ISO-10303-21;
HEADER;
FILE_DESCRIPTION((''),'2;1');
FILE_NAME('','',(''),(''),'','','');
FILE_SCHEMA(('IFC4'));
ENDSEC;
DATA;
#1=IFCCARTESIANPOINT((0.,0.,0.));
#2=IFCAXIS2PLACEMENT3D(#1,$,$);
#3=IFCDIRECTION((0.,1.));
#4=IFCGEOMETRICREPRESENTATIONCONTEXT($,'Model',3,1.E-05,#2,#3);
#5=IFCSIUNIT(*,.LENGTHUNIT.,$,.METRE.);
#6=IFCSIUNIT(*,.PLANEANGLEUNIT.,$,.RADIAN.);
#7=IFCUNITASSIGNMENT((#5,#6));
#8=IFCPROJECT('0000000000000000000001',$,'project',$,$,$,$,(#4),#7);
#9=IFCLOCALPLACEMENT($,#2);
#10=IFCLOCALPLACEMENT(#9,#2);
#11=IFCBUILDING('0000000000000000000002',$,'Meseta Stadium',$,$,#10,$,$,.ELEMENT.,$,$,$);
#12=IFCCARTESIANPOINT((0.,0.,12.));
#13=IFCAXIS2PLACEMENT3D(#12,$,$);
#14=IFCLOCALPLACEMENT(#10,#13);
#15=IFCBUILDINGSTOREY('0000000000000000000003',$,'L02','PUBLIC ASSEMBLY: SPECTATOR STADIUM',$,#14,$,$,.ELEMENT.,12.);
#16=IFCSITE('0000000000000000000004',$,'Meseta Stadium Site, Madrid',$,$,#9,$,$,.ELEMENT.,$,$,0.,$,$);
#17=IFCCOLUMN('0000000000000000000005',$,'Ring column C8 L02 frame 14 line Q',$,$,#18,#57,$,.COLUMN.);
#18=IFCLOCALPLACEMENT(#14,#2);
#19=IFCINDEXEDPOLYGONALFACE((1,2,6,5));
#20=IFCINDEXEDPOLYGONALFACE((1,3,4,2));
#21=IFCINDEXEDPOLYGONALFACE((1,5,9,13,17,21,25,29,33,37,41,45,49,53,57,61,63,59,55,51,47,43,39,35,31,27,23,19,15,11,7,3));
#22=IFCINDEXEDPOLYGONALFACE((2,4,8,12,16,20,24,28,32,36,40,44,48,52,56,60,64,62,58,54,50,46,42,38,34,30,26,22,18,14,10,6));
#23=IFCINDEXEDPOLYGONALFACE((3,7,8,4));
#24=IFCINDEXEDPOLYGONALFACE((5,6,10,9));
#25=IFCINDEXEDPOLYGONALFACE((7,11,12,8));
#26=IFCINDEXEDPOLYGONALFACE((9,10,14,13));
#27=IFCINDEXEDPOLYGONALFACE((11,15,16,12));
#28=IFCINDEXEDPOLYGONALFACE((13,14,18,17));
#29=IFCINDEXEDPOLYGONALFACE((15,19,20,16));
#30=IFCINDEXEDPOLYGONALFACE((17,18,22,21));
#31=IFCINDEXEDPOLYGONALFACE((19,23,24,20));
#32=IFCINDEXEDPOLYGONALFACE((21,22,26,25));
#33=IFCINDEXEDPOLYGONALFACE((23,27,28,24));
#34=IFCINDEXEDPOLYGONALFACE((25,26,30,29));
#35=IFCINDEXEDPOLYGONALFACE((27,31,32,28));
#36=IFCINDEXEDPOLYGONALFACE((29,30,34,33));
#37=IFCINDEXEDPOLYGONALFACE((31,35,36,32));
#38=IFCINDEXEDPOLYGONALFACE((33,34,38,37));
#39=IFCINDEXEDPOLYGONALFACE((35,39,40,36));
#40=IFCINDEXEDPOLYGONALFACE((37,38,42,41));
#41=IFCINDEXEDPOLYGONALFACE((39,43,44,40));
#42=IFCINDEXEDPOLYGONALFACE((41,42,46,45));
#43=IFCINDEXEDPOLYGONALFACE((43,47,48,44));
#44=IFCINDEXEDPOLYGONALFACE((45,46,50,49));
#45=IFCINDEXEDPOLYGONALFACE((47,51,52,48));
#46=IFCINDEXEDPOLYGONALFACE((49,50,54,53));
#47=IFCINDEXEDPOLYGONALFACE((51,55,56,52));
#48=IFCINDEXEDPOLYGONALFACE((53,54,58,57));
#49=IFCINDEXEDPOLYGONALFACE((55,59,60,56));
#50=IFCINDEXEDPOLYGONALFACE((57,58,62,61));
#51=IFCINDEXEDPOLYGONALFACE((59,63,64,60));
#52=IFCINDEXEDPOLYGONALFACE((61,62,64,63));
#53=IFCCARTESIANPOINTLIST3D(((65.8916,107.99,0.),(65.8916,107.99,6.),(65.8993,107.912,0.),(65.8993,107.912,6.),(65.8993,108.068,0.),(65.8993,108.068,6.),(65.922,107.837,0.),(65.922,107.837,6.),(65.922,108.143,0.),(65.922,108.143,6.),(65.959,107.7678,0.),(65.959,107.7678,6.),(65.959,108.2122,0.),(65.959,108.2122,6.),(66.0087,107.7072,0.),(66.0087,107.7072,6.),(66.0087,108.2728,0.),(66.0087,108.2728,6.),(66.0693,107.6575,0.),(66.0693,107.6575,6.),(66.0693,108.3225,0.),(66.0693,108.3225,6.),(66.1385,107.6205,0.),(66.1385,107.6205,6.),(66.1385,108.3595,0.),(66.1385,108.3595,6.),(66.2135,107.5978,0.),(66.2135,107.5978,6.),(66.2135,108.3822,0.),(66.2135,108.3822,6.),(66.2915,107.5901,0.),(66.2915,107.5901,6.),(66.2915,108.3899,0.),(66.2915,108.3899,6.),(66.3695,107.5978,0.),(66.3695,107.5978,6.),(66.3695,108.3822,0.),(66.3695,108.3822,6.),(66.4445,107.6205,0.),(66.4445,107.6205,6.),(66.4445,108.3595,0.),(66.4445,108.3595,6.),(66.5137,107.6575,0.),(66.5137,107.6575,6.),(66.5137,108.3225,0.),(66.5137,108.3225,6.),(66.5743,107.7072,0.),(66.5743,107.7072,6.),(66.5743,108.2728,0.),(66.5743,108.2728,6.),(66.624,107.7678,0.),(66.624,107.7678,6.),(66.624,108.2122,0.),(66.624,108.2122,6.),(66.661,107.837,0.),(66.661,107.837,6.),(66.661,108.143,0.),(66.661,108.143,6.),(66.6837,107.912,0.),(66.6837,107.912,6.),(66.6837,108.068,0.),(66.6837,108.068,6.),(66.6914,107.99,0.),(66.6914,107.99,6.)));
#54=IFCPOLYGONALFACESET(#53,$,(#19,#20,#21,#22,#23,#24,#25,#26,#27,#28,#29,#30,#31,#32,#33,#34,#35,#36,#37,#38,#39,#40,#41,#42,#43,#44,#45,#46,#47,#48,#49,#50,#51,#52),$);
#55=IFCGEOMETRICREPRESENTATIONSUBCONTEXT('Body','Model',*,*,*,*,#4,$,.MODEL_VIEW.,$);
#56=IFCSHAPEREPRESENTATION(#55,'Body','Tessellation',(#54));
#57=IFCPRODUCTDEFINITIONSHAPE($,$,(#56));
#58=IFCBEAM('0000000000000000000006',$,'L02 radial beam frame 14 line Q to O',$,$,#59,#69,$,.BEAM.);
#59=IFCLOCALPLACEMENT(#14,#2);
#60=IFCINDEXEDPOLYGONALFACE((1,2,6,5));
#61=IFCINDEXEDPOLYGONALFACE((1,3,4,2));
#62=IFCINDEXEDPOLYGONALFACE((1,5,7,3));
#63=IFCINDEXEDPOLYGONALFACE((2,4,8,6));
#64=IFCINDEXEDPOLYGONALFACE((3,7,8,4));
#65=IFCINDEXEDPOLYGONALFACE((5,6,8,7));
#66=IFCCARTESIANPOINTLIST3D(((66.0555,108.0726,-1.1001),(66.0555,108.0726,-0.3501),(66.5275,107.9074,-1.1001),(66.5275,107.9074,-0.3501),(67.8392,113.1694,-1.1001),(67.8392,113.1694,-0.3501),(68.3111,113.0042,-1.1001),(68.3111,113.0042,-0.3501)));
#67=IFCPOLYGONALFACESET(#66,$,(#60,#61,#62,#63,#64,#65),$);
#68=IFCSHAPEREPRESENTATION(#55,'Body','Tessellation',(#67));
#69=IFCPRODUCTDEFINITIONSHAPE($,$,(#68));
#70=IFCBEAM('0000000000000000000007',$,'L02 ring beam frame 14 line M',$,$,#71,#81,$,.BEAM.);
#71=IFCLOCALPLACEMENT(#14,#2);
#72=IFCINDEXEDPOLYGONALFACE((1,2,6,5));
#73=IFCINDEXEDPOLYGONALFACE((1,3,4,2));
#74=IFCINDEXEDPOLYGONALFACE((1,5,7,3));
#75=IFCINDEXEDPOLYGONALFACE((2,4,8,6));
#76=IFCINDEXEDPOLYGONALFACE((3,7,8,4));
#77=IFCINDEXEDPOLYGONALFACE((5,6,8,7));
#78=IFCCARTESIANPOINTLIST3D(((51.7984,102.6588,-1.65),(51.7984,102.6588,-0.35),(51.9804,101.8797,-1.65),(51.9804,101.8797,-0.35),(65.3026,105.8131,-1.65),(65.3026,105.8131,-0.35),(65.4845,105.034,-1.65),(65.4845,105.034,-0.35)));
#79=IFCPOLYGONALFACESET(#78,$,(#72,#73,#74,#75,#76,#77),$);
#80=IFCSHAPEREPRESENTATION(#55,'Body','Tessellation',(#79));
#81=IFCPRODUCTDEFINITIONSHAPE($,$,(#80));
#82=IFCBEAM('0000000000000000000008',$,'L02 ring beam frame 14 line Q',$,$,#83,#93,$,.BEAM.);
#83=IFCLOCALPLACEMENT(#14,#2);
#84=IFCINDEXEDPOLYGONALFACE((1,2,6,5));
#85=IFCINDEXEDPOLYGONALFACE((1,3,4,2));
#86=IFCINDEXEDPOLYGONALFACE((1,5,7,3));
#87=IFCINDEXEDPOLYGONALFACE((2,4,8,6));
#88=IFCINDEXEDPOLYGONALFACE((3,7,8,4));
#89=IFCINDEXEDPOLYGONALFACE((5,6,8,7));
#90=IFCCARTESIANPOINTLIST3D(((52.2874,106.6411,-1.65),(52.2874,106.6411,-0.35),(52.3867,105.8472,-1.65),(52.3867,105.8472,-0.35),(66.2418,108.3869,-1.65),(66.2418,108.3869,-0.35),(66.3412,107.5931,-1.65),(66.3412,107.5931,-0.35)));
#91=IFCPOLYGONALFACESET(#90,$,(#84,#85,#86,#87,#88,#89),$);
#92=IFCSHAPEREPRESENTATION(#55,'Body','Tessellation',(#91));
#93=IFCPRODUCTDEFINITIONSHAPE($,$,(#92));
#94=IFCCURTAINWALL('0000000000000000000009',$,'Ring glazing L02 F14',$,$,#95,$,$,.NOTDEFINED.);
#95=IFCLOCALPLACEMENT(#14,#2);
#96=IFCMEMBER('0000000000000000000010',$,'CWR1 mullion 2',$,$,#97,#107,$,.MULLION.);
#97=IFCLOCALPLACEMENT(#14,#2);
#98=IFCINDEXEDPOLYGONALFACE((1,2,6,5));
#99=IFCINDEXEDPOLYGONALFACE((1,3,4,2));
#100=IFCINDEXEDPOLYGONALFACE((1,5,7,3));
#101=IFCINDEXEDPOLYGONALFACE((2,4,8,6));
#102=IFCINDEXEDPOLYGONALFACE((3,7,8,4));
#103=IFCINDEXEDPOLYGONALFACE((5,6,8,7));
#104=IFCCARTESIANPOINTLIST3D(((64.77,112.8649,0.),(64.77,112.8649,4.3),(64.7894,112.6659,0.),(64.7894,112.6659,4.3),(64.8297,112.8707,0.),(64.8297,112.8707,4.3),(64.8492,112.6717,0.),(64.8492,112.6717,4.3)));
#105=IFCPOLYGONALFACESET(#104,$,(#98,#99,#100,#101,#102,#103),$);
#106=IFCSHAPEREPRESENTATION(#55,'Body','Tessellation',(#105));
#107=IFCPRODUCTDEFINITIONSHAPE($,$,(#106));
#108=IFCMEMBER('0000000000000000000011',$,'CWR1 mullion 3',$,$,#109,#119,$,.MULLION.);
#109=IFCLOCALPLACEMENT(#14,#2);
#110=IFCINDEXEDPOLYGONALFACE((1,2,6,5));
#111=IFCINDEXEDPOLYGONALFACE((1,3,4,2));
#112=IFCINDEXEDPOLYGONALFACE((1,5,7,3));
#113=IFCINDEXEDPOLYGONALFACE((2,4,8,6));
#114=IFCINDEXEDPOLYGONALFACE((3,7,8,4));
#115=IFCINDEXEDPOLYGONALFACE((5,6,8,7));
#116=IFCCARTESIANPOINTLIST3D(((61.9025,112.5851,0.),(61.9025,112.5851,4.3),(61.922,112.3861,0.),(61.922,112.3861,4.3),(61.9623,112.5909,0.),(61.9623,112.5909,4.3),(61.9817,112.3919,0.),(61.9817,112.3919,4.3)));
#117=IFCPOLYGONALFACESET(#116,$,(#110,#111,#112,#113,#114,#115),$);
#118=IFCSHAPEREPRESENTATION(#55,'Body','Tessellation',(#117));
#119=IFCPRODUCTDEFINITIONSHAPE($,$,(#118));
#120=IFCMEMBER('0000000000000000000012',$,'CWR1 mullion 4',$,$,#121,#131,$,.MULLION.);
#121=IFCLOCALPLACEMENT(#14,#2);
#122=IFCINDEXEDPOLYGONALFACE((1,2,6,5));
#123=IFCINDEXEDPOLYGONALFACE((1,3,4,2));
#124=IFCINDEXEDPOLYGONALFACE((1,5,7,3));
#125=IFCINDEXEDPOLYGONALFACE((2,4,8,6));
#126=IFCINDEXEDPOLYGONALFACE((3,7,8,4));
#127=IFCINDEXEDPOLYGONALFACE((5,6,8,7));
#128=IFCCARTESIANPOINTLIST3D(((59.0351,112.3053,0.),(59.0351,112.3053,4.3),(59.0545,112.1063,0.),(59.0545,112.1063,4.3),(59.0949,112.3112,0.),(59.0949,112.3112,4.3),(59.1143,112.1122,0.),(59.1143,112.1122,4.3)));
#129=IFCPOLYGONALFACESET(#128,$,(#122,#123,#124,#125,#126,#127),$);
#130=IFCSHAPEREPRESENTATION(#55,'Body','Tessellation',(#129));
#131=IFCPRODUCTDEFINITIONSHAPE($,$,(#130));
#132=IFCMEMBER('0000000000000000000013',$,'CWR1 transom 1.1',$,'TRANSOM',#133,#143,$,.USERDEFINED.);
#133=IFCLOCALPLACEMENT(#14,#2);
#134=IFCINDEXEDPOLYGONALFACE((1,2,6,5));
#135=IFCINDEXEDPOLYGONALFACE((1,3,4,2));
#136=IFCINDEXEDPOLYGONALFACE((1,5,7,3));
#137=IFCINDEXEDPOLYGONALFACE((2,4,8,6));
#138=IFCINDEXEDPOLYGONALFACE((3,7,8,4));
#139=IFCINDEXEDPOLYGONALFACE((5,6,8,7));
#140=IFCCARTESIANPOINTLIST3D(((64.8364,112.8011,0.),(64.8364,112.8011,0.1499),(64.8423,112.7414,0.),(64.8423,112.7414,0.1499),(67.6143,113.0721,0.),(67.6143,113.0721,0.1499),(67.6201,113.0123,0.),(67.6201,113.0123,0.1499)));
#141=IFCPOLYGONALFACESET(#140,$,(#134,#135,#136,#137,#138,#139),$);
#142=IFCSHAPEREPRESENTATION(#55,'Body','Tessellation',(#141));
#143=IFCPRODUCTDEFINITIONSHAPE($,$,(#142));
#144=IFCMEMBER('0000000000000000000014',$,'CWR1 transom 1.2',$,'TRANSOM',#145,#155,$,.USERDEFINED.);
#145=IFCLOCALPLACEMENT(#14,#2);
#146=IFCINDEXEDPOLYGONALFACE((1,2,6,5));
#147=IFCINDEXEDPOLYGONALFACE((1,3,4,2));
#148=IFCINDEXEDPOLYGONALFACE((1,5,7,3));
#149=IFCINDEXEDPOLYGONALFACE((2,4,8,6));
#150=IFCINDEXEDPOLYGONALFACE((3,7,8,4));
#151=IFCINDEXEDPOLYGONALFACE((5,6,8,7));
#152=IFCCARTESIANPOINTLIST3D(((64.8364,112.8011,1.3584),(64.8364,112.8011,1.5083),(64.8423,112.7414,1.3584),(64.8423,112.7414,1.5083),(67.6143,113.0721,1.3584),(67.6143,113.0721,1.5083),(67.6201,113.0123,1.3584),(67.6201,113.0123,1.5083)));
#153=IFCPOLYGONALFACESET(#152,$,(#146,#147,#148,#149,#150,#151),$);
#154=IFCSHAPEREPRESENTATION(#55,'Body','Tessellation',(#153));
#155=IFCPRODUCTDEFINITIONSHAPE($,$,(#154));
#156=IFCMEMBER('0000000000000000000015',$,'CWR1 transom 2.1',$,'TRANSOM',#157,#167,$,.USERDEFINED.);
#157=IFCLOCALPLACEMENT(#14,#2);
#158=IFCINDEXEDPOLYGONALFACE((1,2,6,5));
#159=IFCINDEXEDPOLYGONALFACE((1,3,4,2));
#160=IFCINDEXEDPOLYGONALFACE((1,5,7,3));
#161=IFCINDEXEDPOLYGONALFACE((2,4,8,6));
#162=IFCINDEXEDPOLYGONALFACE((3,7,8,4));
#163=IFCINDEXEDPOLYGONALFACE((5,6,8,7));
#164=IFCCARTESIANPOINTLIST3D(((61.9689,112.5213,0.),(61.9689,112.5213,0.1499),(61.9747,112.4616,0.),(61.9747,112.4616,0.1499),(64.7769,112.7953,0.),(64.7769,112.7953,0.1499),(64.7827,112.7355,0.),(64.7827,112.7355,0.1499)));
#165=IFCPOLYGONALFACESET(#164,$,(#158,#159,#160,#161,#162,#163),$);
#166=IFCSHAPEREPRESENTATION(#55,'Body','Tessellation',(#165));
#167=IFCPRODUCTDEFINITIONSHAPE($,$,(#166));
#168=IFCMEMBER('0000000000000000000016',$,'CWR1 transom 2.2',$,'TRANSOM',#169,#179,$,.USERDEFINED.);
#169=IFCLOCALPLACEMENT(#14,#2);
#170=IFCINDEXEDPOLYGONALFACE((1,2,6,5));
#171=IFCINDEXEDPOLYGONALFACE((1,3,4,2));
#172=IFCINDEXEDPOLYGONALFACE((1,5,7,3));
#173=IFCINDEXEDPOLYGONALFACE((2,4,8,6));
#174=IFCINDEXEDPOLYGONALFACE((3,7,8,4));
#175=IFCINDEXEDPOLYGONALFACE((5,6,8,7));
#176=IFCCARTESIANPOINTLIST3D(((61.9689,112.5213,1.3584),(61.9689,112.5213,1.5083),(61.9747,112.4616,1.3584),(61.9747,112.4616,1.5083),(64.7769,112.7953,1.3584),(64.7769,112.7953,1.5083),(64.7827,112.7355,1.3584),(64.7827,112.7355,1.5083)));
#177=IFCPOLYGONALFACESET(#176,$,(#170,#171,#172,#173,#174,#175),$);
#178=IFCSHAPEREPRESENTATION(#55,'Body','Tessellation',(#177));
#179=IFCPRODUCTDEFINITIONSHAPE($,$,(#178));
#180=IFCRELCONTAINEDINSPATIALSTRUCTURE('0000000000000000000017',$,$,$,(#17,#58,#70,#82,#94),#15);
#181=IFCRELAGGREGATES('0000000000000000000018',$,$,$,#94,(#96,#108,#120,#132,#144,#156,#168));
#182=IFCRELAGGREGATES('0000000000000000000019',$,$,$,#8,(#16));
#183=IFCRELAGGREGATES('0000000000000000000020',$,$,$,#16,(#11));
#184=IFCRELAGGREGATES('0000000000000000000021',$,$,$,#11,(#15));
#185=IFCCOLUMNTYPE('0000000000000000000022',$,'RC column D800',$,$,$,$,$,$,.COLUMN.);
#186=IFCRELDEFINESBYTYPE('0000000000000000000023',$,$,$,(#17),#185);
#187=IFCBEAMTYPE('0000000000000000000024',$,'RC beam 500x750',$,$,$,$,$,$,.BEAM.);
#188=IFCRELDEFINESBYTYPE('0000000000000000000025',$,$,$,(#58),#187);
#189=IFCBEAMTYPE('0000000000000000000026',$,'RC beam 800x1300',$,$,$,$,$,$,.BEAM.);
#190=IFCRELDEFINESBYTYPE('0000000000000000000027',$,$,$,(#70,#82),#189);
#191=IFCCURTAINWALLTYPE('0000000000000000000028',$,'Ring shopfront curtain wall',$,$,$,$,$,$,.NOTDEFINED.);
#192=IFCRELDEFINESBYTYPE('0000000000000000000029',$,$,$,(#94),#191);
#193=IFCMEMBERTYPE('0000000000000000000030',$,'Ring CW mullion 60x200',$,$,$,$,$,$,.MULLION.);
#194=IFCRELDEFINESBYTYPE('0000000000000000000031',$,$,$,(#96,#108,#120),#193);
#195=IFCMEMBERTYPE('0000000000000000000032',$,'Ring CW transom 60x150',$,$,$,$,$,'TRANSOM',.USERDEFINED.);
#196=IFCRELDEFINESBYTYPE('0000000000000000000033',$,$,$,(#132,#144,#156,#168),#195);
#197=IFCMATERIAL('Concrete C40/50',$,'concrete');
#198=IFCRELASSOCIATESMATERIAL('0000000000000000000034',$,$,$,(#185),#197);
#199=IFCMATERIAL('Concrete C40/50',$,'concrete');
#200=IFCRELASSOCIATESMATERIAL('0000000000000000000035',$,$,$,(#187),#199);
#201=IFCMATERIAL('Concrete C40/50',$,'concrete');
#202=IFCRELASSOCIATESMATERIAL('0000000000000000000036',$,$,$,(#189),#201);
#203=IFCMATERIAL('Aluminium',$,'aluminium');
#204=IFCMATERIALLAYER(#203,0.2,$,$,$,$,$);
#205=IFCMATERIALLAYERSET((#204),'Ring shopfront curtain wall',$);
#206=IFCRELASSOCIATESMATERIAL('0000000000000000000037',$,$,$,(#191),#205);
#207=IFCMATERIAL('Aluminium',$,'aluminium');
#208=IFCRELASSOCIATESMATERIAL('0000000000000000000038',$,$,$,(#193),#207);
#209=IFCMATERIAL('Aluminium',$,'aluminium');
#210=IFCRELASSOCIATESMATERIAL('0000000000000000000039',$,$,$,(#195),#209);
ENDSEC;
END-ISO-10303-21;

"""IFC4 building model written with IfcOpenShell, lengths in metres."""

from ifc_helpers import new_model, si_unit, direction, frame, origin, origin_2d, place, context, subcontext, project, spatial, rectangle, circle, extrude, material, layer, layer_set, material_profile, profile_set, type_object, element, aggregate, save


model = new_model("IFC4")

# Units and contexts
model_context = context("Model", 3, precision=1e-05, world=origin(), true_north=direction((0.0, 1.0)))
body_context = subcontext(model_context, "Body", "Model", "MODEL_VIEW")
ifc_project = project(units=[si_unit("LENGTHUNIT", "METRE"), si_unit("PLANEANGLEUNIT", "RADIAN")], contexts=[model_context])

# Site, building, storey
site_placement = place(None, origin())
site = spatial("IfcSite", under=ifc_project, at=site_placement, Name="Meseta Stadium Site, Madrid", CompositionType="ELEMENT", RefElevation=0.0)
building_placement = place(site_placement, origin())
building = spatial("IfcBuilding", under=site, at=building_placement, Name="Meseta Stadium", CompositionType="ELEMENT")
storey_placement = place(building_placement, frame((0.0, 0.0, 12.0)))
storey = spatial("IfcBuildingStorey", under=building, at=storey_placement, Name="L02", Description="PUBLIC ASSEMBLY: SPECTATOR STADIUM", CompositionType="ELEMENT", Elevation=12.0)

# Column
ifc_material_1 = material(Name="Concrete C40/50", Category="concrete")
ifc_material_profile_1 = material_profile(ifc_material_1, circle(Radius=0.3999, at=origin_2d()), Name="RC D800")
ifc_profile_set_1 = profile_set([ifc_material_profile_1], Name="Concrete C40/50")
column_type = type_object("IfcColumnType", Name="RC column D800", PredefinedType="COLUMN", material=ifc_profile_set_1)
column_placement = place(storey_placement, frame((66.2915, 107.99, 0.0), z_axis=(0.0, 0.0, 1.0), x_axis=(1.0, 0.0, 0.0)))
element("IfcColumn", 1, at=column_placement, inside=storey, type_object=column_type, Name="Ring column C8 L02 frame 14 line Q", PredefinedType="COLUMN", context=body_context, shape_type="SweptSolid", body=[
    extrude(circle(Radius=0.3999, at=origin_2d()), origin(), (0.0, 0.0, 1.0), 6.0),
])

# Beams
ifc_material_2 = material(Name="Concrete C40/50", Category="concrete")
ifc_material_profile_2 = material_profile(ifc_material_2, rectangle(XDim=0.5, YDim=0.75, at=origin_2d()), Name="RC 500x750")
ifc_profile_set_2 = profile_set([ifc_material_profile_2], Name="Concrete C40/50")
beam_type_1 = type_object("IfcBeamType", Name="RC beam 500x750", PredefinedType="BEAM", material=ifc_profile_set_2)
beam_1_placement = place(storey_placement, frame((66.2915, 107.99, -0.7251), z_axis=(0.330312, 0.943872, 0.0), x_axis=(-0.943872, 0.330312, 0.0)))
element("IfcBeam", 2, at=beam_1_placement, inside=storey, type_object=beam_type_1, Name="L02 radial beam frame 14 line Q to O", PredefinedType="BEAM", context=body_context, shape_type="SweptSolid", body=[
    extrude(rectangle(XDim=0.5, YDim=0.75, at=origin_2d()), origin(), (0.0, 0.0, 1.0), 5.3999),
])
ifc_material_3 = material(Name="Concrete C40/50", Category="concrete")
ifc_material_profile_3 = material_profile(ifc_material_3, rectangle(XDim=0.8, YDim=1.3, at=origin_2d()), Name="RC 800x1300")
ifc_profile_set_3 = profile_set([ifc_material_profile_3], Name="Concrete C40/50")
beam_type_2 = type_object("IfcBeamType", Name="RC beam 800x1300", PredefinedType="BEAM", material=ifc_profile_set_3)
beam_2_placement = place(storey_placement, frame((65.3936, 105.4236, -1.0), z_axis=(-0.973788, -0.227457, 0.0), x_axis=(0.227457, -0.973788, 0.0)))
element("IfcBeam", 3, at=beam_2_placement, inside=storey, type_object=beam_type_2, Name="L02 ring beam frame 14 line M", PredefinedType="BEAM", context=body_context, shape_type="SweptSolid", body=[
    extrude(rectangle(XDim=0.8, YDim=1.3, at=origin_2d()), origin(), (0.0, 0.0, 1.0), 13.8677),
])
beam_3_placement = place(storey_placement, frame((66.2915, 107.99, -1.0), z_axis=(-0.992264, -0.124144, 0.0), x_axis=(0.124144, -0.992264, 0.0)))
element("IfcBeam", 4, at=beam_3_placement, inside=storey, type_object=beam_type_2, Name="L02 ring beam frame 14 line Q", PredefinedType="BEAM", context=body_context, shape_type="SweptSolid", body=[
    extrude(rectangle(XDim=0.8, YDim=1.3, at=origin_2d()), origin(), (0.0, 0.0, 1.0), 14.0632),
])

# Curtain wall, members
ifc_material_4 = material(Name="Aluminium", Category="aluminium")
ifc_layer_1 = layer(ifc_material_4, 0.2)
ifc_layer_set_1 = layer_set([ifc_layer_1], Name="Ring shopfront curtain wall")
curtain_wall_type = type_object("IfcCurtainWallType", Name="Ring shopfront curtain wall", PredefinedType="NOTDEFINED", material=ifc_layer_set_1)
curtain_wall_placement = place(storey_placement, origin())
curtain_wall = element("IfcCurtainWall", 5, at=curtain_wall_placement, inside=storey, type_object=curtain_wall_type, Name="Ring glazing L02 F14", PredefinedType="NOTDEFINED")
ifc_material_5 = material(Name="Aluminium", Category="aluminium")
ifc_material_profile_4 = material_profile(ifc_material_5, rectangle(XDim=0.2, YDim=0.0601, at=origin_2d()), Name="CW 200x60")
ifc_profile_set_4 = profile_set([ifc_material_profile_4], Name="Aluminium")
member_type_1 = type_object("IfcMemberType", Name="Ring CW mullion 60x200", PredefinedType="MULLION", material=ifc_profile_set_4)
member_1_placement = place(storey_placement, frame((64.8096, 112.7683, 0.0), z_axis=(0.0, 0.0, 1.0), x_axis=(0.097125, -0.995272, 0.0)))
member_1 = element("IfcMember", 6, at=member_1_placement, type_object=member_type_1, Name="CWR1 mullion 2", PredefinedType="MULLION", context=body_context, shape_type="SweptSolid", body=[
    extrude(rectangle(XDim=0.2, YDim=0.0601, at=origin_2d()), origin(), (0.0, 0.0, 1.0), 4.3),
])
member_2_placement = place(storey_placement, frame((61.9421, 112.4885, 0.0), z_axis=(0.0, 0.0, 1.0), x_axis=(0.097125, -0.995272, 0.0)))
member_2 = element("IfcMember", 7, at=member_2_placement, type_object=member_type_1, Name="CWR1 mullion 3", PredefinedType="MULLION", context=body_context, shape_type="SweptSolid", body=[
    extrude(rectangle(XDim=0.2, YDim=0.0601, at=origin_2d()), origin(), (0.0, 0.0, 1.0), 4.3),
])
member_3_placement = place(storey_placement, frame((59.0747, 112.2087, 0.0), z_axis=(0.0, 0.0, 1.0), x_axis=(0.097125, -0.995272, 0.0)))
member_3 = element("IfcMember", 8, at=member_3_placement, type_object=member_type_1, Name="CWR1 mullion 4", PredefinedType="MULLION", context=body_context, shape_type="SweptSolid", body=[
    extrude(rectangle(XDim=0.2, YDim=0.0601, at=origin_2d()), origin(), (0.0, 0.0, 1.0), 4.3),
])
ifc_material_6 = material(Name="Aluminium", Category="aluminium")
ifc_material_profile_5 = material_profile(ifc_material_6, rectangle(XDim=0.0601, YDim=0.1499, at=origin_2d()), Name="CW 60x150")
ifc_profile_set_5 = profile_set([ifc_material_profile_5], Name="Aluminium")
member_type_2 = type_object("IfcMemberType", Name="Ring CW transom 60x150", ElementType="TRANSOM", PredefinedType="USERDEFINED", material=ifc_profile_set_5)
member_4_placement = place(storey_placement, frame((67.6172, 113.0422, 0.075), z_axis=(-0.995275, -0.097096, 0.0), x_axis=(0.097096, -0.995275, 0.0)))
member_4 = element("IfcMember", 9, at=member_4_placement, type_object=member_type_2, Name="CWR1 transom 1.1", ObjectType="TRANSOM", PredefinedType="USERDEFINED", context=body_context, shape_type="SweptSolid", body=[
    extrude(rectangle(XDim=0.0601, YDim=0.1499, at=origin_2d()), origin(), (0.0, 0.0, 1.0), 2.791),
])
member_5_placement = place(storey_placement, frame((67.6172, 113.0422, 1.4333), z_axis=(-0.995275, -0.097096, 0.0), x_axis=(0.097096, -0.995275, 0.0)))
member_5 = element("IfcMember", 10, at=member_5_placement, type_object=member_type_2, Name="CWR1 transom 1.2", ObjectType="TRANSOM", PredefinedType="USERDEFINED", context=body_context, shape_type="SweptSolid", body=[
    extrude(rectangle(XDim=0.0601, YDim=0.1499, at=origin_2d()), origin(), (0.0, 0.0, 1.0), 2.791),
])
member_6_placement = place(storey_placement, frame((64.7798, 112.7654, 0.075), z_axis=(-0.995275, -0.097096, 0.0), x_axis=(0.097096, -0.995275, 0.0)))
member_6 = element("IfcMember", 11, at=member_6_placement, type_object=member_type_2, Name="CWR1 transom 2.1", ObjectType="TRANSOM", PredefinedType="USERDEFINED", context=body_context, shape_type="SweptSolid", body=[
    extrude(rectangle(XDim=0.0601, YDim=0.1499, at=origin_2d()), origin(), (0.0, 0.0, 1.0), 2.8213),
])
member_7_placement = place(storey_placement, frame((64.7798, 112.7654, 1.4333), z_axis=(-0.995275, -0.097096, 0.0), x_axis=(0.097096, -0.995275, 0.0)))
member_7 = element("IfcMember", 12, at=member_7_placement, type_object=member_type_2, Name="CWR1 transom 2.2", ObjectType="TRANSOM", PredefinedType="USERDEFINED", context=body_context, shape_type="SweptSolid", body=[
    extrude(rectangle(XDim=0.0601, YDim=0.1499, at=origin_2d()), origin(), (0.0, 0.0, 1.0), 2.8213),
])
aggregate(curtain_wall, [member_1, member_2, member_3, member_4, member_5, member_6, member_7])

save(model, "model.ifc")
